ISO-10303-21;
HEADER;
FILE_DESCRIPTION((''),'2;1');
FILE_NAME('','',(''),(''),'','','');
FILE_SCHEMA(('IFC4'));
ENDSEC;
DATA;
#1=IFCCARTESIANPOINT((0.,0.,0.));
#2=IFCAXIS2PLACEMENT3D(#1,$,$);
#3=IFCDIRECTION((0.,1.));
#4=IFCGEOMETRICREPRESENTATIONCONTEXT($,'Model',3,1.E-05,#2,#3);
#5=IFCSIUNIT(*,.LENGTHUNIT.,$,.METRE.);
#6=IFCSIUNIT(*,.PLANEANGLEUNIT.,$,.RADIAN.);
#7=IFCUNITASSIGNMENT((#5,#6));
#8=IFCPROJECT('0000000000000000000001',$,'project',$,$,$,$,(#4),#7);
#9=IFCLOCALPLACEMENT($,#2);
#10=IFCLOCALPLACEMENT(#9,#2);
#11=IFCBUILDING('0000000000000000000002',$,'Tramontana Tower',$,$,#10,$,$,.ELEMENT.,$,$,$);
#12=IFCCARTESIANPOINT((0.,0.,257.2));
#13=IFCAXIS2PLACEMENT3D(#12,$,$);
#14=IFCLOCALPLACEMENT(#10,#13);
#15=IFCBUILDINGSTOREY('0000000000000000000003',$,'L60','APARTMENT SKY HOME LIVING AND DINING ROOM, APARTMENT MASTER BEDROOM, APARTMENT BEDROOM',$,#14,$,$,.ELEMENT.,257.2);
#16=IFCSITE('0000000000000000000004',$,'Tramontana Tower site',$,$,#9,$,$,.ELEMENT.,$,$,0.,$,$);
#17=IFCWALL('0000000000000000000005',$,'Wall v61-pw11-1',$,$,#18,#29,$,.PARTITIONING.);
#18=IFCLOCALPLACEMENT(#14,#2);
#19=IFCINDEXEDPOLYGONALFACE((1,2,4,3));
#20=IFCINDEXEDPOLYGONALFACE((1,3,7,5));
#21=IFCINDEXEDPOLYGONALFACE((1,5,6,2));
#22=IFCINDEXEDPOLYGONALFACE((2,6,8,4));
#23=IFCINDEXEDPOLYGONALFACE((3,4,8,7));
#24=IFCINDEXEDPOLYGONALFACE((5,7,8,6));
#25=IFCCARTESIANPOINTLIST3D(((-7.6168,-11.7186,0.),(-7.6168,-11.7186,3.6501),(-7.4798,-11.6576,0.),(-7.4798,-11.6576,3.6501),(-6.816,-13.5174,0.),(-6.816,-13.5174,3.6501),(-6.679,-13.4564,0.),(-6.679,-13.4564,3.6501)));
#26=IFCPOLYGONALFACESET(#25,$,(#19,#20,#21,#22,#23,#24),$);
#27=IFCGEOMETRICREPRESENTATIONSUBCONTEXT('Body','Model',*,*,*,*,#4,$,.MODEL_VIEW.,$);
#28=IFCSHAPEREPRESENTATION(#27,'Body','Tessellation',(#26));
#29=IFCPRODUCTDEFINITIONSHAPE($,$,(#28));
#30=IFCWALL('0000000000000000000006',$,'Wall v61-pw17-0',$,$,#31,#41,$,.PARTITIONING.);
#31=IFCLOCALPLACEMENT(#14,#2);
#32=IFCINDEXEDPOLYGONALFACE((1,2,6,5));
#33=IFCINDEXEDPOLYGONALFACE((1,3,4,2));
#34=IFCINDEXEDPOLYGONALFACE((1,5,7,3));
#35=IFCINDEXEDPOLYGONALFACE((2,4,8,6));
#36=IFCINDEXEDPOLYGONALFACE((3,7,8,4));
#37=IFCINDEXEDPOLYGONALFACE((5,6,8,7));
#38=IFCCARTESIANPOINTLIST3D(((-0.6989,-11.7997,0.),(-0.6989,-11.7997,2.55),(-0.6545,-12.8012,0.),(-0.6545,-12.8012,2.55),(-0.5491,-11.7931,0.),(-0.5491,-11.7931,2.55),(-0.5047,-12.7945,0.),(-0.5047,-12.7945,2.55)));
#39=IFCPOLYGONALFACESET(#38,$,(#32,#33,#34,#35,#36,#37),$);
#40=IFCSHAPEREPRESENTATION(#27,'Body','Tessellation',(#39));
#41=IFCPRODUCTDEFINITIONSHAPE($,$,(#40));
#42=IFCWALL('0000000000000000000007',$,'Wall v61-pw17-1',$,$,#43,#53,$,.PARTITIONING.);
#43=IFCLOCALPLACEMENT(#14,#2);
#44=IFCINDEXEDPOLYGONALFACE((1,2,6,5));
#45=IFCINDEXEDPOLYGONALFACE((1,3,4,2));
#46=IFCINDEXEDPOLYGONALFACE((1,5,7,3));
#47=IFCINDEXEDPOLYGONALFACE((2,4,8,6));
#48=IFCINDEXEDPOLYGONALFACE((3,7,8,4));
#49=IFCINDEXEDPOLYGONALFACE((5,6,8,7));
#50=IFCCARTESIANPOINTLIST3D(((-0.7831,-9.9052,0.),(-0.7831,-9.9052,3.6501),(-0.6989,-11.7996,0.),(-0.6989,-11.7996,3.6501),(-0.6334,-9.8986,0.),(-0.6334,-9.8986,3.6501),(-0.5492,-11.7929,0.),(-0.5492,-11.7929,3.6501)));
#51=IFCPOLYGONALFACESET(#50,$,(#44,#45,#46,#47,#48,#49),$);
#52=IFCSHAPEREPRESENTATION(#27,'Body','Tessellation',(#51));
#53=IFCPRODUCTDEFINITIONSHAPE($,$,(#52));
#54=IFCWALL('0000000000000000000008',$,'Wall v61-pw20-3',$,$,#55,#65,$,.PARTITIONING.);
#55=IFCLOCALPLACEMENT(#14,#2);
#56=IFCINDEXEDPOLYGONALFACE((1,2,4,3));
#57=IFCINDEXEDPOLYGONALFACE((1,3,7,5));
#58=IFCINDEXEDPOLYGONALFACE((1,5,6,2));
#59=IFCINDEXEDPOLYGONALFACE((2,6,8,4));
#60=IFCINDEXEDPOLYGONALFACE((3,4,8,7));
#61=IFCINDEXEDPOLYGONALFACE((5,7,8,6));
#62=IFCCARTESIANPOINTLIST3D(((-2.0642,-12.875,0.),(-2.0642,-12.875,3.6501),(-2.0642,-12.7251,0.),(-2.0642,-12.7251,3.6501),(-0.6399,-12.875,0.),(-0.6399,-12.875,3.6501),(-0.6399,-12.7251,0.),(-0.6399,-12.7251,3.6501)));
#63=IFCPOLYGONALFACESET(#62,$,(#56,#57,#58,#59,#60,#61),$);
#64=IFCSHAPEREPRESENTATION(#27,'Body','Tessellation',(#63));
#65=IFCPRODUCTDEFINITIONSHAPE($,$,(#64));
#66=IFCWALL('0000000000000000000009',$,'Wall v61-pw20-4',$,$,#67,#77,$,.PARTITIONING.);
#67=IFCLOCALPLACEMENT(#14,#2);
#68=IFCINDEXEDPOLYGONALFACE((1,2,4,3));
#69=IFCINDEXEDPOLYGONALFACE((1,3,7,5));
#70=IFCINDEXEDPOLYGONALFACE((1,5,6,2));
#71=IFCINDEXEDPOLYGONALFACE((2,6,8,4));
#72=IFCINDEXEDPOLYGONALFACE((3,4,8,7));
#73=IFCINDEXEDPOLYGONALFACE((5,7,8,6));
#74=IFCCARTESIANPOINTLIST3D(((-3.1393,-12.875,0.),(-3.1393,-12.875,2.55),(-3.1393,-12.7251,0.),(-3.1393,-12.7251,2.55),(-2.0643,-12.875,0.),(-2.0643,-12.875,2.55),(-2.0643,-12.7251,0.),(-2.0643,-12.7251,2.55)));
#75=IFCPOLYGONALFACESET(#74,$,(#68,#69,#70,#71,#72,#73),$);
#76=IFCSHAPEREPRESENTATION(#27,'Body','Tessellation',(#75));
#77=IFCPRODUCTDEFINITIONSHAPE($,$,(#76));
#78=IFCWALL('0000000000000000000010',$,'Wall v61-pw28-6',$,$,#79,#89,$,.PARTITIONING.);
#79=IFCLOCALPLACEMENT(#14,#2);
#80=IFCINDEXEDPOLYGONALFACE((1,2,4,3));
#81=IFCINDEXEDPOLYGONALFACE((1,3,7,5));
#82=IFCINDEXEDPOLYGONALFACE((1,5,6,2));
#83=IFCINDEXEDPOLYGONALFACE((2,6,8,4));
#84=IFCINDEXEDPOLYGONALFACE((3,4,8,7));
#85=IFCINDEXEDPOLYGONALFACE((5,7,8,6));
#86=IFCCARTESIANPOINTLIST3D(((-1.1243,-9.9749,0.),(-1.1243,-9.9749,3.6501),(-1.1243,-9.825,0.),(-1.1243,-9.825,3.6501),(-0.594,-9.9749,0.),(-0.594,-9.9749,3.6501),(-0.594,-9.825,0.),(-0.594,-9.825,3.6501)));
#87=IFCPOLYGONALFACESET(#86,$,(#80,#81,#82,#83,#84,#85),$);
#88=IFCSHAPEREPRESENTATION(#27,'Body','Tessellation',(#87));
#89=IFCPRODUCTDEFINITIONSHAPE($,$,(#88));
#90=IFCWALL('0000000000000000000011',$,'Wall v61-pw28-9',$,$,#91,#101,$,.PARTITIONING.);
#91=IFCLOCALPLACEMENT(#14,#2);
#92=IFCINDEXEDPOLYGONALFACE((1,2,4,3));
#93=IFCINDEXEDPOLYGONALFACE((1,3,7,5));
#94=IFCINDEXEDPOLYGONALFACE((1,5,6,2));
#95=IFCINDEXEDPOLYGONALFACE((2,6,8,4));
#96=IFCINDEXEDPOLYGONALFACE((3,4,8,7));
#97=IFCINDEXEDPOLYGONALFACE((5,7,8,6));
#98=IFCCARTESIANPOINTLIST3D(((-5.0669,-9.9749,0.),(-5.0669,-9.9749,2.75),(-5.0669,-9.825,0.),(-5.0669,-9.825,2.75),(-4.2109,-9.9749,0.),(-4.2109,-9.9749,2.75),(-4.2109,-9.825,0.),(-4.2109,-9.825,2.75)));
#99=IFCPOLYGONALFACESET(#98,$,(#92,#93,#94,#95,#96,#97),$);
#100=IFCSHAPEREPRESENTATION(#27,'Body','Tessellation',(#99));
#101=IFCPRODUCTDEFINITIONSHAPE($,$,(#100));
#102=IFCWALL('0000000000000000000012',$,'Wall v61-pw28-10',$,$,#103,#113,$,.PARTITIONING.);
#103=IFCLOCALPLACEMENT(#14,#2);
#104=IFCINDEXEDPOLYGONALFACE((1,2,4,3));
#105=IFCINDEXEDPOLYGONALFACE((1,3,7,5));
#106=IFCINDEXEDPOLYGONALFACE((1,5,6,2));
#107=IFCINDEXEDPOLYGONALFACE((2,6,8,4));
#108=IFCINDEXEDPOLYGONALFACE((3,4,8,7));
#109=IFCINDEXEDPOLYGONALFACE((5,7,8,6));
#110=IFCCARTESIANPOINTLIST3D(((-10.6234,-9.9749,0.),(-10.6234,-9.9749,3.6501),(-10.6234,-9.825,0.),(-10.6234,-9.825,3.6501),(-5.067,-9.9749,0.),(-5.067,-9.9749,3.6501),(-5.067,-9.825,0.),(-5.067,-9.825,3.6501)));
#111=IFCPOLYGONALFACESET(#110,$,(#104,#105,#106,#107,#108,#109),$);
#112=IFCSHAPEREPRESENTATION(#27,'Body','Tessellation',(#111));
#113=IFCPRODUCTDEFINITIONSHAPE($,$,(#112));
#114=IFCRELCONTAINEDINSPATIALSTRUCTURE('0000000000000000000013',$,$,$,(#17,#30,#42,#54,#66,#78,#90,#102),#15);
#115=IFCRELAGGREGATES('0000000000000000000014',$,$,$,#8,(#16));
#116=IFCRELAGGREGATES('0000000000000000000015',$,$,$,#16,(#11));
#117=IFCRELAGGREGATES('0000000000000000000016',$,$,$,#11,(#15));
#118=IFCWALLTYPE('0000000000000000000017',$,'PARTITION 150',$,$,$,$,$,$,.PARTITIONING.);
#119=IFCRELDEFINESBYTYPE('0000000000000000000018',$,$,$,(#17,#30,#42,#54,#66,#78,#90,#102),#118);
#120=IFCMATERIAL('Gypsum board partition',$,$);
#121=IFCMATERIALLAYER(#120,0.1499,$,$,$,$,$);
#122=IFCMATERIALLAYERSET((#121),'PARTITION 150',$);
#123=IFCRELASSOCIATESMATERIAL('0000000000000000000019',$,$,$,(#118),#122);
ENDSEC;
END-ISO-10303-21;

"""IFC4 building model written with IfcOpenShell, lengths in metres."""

from ifc_helpers import new_model, si_unit, direction, frame, frame_2d, origin, place, context, subcontext, project, spatial, rectangle, extrude, material, layer, layer_set, type_object, element, save


model = new_model("IFC4")

# Units and contexts
model_context = context("Model", 3, precision=1e-05, world=origin(), true_north=direction((0.0, 1.0)))
body_context = subcontext(model_context, "Body", "Model", "MODEL_VIEW")
ifc_project = project(units=[si_unit("LENGTHUNIT", "METRE"), si_unit("PLANEANGLEUNIT", "RADIAN")], contexts=[model_context])

# Site, building, storey
site_placement = place(None, origin())
site = spatial("IfcSite", under=ifc_project, at=site_placement, Name="Tramontana Tower site", CompositionType="ELEMENT", RefElevation=0.0)
building_placement = place(site_placement, origin())
building = spatial("IfcBuilding", under=site, at=building_placement, Name="Tramontana Tower", CompositionType="ELEMENT")
storey_placement = place(building_placement, frame((0.0, 0.0, 257.2)))
storey = spatial("IfcBuildingStorey", under=building, at=storey_placement, Name="L60", Description="APARTMENT SKY HOME LIVING AND DINING ROOM, APARTMENT MASTER BEDROOM, APARTMENT BEDROOM", CompositionType="ELEMENT", Elevation=257.2)

# Shared definitions
ifc_material_1 = material(Name="Gypsum board partition")
ifc_layer_1 = layer(ifc_material_1, 0.1499)
ifc_layer_set_1 = layer_set([ifc_layer_1], Name="PARTITION 150")
wall_type_1 = type_object("IfcWallType", Name="PARTITION 150", PredefinedType="PARTITIONING", material=ifc_layer_set_1)

# Wall
wall_1_placement = place(storey_placement, frame((-6.7476, -13.4868, 0.0), z_axis=(0.0, 0.0, 1.0), x_axis=(-0.406691, 0.913566, 0.0)))
element("IfcWall", 1, at=wall_1_placement, inside=storey, type_object=wall_type_1, Name="Wall v61-pw11-1", PredefinedType="PARTITIONING", context=body_context, shape_type="SweptSolid", body=[
    extrude(rectangle(XDim=1.969, YDim=0.1499, at=frame_2d((0.9844, 0.0))), origin(), (0.0, 0.0, 1.0), 3.6501),
])

# Walls
wall_2_placement = place(storey_placement, frame((-0.5796, -12.7979, 0.0), z_axis=(0.0, 0.0, 1.0), x_axis=(-0.044325, 0.999017, 0.0)))
element("IfcWall", 2, at=wall_2_placement, inside=storey, type_object=wall_type_1, Name="Wall v61-pw17-0", PredefinedType="PARTITIONING", context=body_context, shape_type="SweptSolid", body=[
    extrude(rectangle(XDim=1.0024, YDim=0.1499, at=frame_2d((0.5012, 0.0))), origin(), (0.0, 0.0, 1.0), 2.55),
])
wall_3_placement = place(storey_placement, frame((-0.624, -11.7964, 0.0), z_axis=(0.0, 0.0, 1.0), x_axis=(-0.044421, 0.999013, 0.0)))
element("IfcWall", 3, at=wall_3_placement, inside=storey, type_object=wall_type_1, Name="Wall v61-pw17-1", PredefinedType="PARTITIONING", context=body_context, shape_type="SweptSolid", body=[
    extrude(rectangle(XDim=1.8962, YDim=0.1499, at=frame_2d((0.9482, 0.0))), origin(), (0.0, 0.0, 1.0), 3.6501),
])
wall_4_placement = place(storey_placement, frame((-0.6399, -12.8, 0.0), z_axis=(0.0, 0.0, 1.0), x_axis=(-1.0, 0.0, 0.0)))
element("IfcWall", 4, at=wall_4_placement, inside=storey, type_object=wall_type_1, Name="Wall v61-pw20-3", PredefinedType="PARTITIONING", context=body_context, shape_type="SweptSolid", body=[
    extrude(rectangle(XDim=1.4243, YDim=0.1499, at=frame_2d((0.7122, 0.0))), origin(), (0.0, 0.0, 1.0), 3.6501),
])
wall_5_placement = place(storey_placement, frame((-2.0642, -12.8, 0.0), z_axis=(0.0, 0.0, 1.0), x_axis=(-1.0, 0.0, 0.0)))
element("IfcWall", 5, at=wall_5_placement, inside=storey, type_object=wall_type_1, Name="Wall v61-pw20-4", PredefinedType="PARTITIONING", context=body_context, shape_type="SweptSolid", body=[
    extrude(rectangle(XDim=1.075, YDim=0.1499, at=frame_2d((0.5376, 0.0))), origin(), (0.0, 0.0, 1.0), 2.55),
])
wall_6_placement = place(storey_placement, frame((-0.594, -9.8999, 0.0), z_axis=(0.0, 0.0, 1.0), x_axis=(-1.0, 0.0, 0.0)))
element("IfcWall", 6, at=wall_6_placement, inside=storey, type_object=wall_type_1, Name="Wall v61-pw28-6", PredefinedType="PARTITIONING", context=body_context, shape_type="SweptSolid", body=[
    extrude(rectangle(XDim=0.5303, YDim=0.1499, at=frame_2d((0.2651, 0.0))), origin(), (0.0, 0.0, 1.0), 3.6501),
])

# Walls
wall_7_placement = place(storey_placement, frame((-4.2109, -9.8999, 0.0), z_axis=(0.0, 0.0, 1.0), x_axis=(-1.0, 0.0, 0.0)))
element("IfcWall", 7, at=wall_7_placement, inside=storey, type_object=wall_type_1, Name="Wall v61-pw28-9", PredefinedType="PARTITIONING", context=body_context, shape_type="SweptSolid", body=[
    extrude(rectangle(XDim=0.856, YDim=0.1499, at=frame_2d((0.428, 0.0))), origin(), (0.0, 0.0, 1.0), 2.75),
])
wall_8_placement = place(storey_placement, frame((-5.0669, -9.8999, 0.0), z_axis=(0.0, 0.0, 1.0), x_axis=(-1.0, 0.0, 0.0)))
element("IfcWall", 8, at=wall_8_placement, inside=storey, type_object=wall_type_1, Name="Wall v61-pw28-10", PredefinedType="PARTITIONING", context=body_context, shape_type="SweptSolid", body=[
    extrude(rectangle(XDim=5.5564, YDim=0.1499, at=frame_2d((2.7783, 0.0))), origin(), (0.0, 0.0, 1.0), 3.6501),
])

save(model, "model.ifc")
